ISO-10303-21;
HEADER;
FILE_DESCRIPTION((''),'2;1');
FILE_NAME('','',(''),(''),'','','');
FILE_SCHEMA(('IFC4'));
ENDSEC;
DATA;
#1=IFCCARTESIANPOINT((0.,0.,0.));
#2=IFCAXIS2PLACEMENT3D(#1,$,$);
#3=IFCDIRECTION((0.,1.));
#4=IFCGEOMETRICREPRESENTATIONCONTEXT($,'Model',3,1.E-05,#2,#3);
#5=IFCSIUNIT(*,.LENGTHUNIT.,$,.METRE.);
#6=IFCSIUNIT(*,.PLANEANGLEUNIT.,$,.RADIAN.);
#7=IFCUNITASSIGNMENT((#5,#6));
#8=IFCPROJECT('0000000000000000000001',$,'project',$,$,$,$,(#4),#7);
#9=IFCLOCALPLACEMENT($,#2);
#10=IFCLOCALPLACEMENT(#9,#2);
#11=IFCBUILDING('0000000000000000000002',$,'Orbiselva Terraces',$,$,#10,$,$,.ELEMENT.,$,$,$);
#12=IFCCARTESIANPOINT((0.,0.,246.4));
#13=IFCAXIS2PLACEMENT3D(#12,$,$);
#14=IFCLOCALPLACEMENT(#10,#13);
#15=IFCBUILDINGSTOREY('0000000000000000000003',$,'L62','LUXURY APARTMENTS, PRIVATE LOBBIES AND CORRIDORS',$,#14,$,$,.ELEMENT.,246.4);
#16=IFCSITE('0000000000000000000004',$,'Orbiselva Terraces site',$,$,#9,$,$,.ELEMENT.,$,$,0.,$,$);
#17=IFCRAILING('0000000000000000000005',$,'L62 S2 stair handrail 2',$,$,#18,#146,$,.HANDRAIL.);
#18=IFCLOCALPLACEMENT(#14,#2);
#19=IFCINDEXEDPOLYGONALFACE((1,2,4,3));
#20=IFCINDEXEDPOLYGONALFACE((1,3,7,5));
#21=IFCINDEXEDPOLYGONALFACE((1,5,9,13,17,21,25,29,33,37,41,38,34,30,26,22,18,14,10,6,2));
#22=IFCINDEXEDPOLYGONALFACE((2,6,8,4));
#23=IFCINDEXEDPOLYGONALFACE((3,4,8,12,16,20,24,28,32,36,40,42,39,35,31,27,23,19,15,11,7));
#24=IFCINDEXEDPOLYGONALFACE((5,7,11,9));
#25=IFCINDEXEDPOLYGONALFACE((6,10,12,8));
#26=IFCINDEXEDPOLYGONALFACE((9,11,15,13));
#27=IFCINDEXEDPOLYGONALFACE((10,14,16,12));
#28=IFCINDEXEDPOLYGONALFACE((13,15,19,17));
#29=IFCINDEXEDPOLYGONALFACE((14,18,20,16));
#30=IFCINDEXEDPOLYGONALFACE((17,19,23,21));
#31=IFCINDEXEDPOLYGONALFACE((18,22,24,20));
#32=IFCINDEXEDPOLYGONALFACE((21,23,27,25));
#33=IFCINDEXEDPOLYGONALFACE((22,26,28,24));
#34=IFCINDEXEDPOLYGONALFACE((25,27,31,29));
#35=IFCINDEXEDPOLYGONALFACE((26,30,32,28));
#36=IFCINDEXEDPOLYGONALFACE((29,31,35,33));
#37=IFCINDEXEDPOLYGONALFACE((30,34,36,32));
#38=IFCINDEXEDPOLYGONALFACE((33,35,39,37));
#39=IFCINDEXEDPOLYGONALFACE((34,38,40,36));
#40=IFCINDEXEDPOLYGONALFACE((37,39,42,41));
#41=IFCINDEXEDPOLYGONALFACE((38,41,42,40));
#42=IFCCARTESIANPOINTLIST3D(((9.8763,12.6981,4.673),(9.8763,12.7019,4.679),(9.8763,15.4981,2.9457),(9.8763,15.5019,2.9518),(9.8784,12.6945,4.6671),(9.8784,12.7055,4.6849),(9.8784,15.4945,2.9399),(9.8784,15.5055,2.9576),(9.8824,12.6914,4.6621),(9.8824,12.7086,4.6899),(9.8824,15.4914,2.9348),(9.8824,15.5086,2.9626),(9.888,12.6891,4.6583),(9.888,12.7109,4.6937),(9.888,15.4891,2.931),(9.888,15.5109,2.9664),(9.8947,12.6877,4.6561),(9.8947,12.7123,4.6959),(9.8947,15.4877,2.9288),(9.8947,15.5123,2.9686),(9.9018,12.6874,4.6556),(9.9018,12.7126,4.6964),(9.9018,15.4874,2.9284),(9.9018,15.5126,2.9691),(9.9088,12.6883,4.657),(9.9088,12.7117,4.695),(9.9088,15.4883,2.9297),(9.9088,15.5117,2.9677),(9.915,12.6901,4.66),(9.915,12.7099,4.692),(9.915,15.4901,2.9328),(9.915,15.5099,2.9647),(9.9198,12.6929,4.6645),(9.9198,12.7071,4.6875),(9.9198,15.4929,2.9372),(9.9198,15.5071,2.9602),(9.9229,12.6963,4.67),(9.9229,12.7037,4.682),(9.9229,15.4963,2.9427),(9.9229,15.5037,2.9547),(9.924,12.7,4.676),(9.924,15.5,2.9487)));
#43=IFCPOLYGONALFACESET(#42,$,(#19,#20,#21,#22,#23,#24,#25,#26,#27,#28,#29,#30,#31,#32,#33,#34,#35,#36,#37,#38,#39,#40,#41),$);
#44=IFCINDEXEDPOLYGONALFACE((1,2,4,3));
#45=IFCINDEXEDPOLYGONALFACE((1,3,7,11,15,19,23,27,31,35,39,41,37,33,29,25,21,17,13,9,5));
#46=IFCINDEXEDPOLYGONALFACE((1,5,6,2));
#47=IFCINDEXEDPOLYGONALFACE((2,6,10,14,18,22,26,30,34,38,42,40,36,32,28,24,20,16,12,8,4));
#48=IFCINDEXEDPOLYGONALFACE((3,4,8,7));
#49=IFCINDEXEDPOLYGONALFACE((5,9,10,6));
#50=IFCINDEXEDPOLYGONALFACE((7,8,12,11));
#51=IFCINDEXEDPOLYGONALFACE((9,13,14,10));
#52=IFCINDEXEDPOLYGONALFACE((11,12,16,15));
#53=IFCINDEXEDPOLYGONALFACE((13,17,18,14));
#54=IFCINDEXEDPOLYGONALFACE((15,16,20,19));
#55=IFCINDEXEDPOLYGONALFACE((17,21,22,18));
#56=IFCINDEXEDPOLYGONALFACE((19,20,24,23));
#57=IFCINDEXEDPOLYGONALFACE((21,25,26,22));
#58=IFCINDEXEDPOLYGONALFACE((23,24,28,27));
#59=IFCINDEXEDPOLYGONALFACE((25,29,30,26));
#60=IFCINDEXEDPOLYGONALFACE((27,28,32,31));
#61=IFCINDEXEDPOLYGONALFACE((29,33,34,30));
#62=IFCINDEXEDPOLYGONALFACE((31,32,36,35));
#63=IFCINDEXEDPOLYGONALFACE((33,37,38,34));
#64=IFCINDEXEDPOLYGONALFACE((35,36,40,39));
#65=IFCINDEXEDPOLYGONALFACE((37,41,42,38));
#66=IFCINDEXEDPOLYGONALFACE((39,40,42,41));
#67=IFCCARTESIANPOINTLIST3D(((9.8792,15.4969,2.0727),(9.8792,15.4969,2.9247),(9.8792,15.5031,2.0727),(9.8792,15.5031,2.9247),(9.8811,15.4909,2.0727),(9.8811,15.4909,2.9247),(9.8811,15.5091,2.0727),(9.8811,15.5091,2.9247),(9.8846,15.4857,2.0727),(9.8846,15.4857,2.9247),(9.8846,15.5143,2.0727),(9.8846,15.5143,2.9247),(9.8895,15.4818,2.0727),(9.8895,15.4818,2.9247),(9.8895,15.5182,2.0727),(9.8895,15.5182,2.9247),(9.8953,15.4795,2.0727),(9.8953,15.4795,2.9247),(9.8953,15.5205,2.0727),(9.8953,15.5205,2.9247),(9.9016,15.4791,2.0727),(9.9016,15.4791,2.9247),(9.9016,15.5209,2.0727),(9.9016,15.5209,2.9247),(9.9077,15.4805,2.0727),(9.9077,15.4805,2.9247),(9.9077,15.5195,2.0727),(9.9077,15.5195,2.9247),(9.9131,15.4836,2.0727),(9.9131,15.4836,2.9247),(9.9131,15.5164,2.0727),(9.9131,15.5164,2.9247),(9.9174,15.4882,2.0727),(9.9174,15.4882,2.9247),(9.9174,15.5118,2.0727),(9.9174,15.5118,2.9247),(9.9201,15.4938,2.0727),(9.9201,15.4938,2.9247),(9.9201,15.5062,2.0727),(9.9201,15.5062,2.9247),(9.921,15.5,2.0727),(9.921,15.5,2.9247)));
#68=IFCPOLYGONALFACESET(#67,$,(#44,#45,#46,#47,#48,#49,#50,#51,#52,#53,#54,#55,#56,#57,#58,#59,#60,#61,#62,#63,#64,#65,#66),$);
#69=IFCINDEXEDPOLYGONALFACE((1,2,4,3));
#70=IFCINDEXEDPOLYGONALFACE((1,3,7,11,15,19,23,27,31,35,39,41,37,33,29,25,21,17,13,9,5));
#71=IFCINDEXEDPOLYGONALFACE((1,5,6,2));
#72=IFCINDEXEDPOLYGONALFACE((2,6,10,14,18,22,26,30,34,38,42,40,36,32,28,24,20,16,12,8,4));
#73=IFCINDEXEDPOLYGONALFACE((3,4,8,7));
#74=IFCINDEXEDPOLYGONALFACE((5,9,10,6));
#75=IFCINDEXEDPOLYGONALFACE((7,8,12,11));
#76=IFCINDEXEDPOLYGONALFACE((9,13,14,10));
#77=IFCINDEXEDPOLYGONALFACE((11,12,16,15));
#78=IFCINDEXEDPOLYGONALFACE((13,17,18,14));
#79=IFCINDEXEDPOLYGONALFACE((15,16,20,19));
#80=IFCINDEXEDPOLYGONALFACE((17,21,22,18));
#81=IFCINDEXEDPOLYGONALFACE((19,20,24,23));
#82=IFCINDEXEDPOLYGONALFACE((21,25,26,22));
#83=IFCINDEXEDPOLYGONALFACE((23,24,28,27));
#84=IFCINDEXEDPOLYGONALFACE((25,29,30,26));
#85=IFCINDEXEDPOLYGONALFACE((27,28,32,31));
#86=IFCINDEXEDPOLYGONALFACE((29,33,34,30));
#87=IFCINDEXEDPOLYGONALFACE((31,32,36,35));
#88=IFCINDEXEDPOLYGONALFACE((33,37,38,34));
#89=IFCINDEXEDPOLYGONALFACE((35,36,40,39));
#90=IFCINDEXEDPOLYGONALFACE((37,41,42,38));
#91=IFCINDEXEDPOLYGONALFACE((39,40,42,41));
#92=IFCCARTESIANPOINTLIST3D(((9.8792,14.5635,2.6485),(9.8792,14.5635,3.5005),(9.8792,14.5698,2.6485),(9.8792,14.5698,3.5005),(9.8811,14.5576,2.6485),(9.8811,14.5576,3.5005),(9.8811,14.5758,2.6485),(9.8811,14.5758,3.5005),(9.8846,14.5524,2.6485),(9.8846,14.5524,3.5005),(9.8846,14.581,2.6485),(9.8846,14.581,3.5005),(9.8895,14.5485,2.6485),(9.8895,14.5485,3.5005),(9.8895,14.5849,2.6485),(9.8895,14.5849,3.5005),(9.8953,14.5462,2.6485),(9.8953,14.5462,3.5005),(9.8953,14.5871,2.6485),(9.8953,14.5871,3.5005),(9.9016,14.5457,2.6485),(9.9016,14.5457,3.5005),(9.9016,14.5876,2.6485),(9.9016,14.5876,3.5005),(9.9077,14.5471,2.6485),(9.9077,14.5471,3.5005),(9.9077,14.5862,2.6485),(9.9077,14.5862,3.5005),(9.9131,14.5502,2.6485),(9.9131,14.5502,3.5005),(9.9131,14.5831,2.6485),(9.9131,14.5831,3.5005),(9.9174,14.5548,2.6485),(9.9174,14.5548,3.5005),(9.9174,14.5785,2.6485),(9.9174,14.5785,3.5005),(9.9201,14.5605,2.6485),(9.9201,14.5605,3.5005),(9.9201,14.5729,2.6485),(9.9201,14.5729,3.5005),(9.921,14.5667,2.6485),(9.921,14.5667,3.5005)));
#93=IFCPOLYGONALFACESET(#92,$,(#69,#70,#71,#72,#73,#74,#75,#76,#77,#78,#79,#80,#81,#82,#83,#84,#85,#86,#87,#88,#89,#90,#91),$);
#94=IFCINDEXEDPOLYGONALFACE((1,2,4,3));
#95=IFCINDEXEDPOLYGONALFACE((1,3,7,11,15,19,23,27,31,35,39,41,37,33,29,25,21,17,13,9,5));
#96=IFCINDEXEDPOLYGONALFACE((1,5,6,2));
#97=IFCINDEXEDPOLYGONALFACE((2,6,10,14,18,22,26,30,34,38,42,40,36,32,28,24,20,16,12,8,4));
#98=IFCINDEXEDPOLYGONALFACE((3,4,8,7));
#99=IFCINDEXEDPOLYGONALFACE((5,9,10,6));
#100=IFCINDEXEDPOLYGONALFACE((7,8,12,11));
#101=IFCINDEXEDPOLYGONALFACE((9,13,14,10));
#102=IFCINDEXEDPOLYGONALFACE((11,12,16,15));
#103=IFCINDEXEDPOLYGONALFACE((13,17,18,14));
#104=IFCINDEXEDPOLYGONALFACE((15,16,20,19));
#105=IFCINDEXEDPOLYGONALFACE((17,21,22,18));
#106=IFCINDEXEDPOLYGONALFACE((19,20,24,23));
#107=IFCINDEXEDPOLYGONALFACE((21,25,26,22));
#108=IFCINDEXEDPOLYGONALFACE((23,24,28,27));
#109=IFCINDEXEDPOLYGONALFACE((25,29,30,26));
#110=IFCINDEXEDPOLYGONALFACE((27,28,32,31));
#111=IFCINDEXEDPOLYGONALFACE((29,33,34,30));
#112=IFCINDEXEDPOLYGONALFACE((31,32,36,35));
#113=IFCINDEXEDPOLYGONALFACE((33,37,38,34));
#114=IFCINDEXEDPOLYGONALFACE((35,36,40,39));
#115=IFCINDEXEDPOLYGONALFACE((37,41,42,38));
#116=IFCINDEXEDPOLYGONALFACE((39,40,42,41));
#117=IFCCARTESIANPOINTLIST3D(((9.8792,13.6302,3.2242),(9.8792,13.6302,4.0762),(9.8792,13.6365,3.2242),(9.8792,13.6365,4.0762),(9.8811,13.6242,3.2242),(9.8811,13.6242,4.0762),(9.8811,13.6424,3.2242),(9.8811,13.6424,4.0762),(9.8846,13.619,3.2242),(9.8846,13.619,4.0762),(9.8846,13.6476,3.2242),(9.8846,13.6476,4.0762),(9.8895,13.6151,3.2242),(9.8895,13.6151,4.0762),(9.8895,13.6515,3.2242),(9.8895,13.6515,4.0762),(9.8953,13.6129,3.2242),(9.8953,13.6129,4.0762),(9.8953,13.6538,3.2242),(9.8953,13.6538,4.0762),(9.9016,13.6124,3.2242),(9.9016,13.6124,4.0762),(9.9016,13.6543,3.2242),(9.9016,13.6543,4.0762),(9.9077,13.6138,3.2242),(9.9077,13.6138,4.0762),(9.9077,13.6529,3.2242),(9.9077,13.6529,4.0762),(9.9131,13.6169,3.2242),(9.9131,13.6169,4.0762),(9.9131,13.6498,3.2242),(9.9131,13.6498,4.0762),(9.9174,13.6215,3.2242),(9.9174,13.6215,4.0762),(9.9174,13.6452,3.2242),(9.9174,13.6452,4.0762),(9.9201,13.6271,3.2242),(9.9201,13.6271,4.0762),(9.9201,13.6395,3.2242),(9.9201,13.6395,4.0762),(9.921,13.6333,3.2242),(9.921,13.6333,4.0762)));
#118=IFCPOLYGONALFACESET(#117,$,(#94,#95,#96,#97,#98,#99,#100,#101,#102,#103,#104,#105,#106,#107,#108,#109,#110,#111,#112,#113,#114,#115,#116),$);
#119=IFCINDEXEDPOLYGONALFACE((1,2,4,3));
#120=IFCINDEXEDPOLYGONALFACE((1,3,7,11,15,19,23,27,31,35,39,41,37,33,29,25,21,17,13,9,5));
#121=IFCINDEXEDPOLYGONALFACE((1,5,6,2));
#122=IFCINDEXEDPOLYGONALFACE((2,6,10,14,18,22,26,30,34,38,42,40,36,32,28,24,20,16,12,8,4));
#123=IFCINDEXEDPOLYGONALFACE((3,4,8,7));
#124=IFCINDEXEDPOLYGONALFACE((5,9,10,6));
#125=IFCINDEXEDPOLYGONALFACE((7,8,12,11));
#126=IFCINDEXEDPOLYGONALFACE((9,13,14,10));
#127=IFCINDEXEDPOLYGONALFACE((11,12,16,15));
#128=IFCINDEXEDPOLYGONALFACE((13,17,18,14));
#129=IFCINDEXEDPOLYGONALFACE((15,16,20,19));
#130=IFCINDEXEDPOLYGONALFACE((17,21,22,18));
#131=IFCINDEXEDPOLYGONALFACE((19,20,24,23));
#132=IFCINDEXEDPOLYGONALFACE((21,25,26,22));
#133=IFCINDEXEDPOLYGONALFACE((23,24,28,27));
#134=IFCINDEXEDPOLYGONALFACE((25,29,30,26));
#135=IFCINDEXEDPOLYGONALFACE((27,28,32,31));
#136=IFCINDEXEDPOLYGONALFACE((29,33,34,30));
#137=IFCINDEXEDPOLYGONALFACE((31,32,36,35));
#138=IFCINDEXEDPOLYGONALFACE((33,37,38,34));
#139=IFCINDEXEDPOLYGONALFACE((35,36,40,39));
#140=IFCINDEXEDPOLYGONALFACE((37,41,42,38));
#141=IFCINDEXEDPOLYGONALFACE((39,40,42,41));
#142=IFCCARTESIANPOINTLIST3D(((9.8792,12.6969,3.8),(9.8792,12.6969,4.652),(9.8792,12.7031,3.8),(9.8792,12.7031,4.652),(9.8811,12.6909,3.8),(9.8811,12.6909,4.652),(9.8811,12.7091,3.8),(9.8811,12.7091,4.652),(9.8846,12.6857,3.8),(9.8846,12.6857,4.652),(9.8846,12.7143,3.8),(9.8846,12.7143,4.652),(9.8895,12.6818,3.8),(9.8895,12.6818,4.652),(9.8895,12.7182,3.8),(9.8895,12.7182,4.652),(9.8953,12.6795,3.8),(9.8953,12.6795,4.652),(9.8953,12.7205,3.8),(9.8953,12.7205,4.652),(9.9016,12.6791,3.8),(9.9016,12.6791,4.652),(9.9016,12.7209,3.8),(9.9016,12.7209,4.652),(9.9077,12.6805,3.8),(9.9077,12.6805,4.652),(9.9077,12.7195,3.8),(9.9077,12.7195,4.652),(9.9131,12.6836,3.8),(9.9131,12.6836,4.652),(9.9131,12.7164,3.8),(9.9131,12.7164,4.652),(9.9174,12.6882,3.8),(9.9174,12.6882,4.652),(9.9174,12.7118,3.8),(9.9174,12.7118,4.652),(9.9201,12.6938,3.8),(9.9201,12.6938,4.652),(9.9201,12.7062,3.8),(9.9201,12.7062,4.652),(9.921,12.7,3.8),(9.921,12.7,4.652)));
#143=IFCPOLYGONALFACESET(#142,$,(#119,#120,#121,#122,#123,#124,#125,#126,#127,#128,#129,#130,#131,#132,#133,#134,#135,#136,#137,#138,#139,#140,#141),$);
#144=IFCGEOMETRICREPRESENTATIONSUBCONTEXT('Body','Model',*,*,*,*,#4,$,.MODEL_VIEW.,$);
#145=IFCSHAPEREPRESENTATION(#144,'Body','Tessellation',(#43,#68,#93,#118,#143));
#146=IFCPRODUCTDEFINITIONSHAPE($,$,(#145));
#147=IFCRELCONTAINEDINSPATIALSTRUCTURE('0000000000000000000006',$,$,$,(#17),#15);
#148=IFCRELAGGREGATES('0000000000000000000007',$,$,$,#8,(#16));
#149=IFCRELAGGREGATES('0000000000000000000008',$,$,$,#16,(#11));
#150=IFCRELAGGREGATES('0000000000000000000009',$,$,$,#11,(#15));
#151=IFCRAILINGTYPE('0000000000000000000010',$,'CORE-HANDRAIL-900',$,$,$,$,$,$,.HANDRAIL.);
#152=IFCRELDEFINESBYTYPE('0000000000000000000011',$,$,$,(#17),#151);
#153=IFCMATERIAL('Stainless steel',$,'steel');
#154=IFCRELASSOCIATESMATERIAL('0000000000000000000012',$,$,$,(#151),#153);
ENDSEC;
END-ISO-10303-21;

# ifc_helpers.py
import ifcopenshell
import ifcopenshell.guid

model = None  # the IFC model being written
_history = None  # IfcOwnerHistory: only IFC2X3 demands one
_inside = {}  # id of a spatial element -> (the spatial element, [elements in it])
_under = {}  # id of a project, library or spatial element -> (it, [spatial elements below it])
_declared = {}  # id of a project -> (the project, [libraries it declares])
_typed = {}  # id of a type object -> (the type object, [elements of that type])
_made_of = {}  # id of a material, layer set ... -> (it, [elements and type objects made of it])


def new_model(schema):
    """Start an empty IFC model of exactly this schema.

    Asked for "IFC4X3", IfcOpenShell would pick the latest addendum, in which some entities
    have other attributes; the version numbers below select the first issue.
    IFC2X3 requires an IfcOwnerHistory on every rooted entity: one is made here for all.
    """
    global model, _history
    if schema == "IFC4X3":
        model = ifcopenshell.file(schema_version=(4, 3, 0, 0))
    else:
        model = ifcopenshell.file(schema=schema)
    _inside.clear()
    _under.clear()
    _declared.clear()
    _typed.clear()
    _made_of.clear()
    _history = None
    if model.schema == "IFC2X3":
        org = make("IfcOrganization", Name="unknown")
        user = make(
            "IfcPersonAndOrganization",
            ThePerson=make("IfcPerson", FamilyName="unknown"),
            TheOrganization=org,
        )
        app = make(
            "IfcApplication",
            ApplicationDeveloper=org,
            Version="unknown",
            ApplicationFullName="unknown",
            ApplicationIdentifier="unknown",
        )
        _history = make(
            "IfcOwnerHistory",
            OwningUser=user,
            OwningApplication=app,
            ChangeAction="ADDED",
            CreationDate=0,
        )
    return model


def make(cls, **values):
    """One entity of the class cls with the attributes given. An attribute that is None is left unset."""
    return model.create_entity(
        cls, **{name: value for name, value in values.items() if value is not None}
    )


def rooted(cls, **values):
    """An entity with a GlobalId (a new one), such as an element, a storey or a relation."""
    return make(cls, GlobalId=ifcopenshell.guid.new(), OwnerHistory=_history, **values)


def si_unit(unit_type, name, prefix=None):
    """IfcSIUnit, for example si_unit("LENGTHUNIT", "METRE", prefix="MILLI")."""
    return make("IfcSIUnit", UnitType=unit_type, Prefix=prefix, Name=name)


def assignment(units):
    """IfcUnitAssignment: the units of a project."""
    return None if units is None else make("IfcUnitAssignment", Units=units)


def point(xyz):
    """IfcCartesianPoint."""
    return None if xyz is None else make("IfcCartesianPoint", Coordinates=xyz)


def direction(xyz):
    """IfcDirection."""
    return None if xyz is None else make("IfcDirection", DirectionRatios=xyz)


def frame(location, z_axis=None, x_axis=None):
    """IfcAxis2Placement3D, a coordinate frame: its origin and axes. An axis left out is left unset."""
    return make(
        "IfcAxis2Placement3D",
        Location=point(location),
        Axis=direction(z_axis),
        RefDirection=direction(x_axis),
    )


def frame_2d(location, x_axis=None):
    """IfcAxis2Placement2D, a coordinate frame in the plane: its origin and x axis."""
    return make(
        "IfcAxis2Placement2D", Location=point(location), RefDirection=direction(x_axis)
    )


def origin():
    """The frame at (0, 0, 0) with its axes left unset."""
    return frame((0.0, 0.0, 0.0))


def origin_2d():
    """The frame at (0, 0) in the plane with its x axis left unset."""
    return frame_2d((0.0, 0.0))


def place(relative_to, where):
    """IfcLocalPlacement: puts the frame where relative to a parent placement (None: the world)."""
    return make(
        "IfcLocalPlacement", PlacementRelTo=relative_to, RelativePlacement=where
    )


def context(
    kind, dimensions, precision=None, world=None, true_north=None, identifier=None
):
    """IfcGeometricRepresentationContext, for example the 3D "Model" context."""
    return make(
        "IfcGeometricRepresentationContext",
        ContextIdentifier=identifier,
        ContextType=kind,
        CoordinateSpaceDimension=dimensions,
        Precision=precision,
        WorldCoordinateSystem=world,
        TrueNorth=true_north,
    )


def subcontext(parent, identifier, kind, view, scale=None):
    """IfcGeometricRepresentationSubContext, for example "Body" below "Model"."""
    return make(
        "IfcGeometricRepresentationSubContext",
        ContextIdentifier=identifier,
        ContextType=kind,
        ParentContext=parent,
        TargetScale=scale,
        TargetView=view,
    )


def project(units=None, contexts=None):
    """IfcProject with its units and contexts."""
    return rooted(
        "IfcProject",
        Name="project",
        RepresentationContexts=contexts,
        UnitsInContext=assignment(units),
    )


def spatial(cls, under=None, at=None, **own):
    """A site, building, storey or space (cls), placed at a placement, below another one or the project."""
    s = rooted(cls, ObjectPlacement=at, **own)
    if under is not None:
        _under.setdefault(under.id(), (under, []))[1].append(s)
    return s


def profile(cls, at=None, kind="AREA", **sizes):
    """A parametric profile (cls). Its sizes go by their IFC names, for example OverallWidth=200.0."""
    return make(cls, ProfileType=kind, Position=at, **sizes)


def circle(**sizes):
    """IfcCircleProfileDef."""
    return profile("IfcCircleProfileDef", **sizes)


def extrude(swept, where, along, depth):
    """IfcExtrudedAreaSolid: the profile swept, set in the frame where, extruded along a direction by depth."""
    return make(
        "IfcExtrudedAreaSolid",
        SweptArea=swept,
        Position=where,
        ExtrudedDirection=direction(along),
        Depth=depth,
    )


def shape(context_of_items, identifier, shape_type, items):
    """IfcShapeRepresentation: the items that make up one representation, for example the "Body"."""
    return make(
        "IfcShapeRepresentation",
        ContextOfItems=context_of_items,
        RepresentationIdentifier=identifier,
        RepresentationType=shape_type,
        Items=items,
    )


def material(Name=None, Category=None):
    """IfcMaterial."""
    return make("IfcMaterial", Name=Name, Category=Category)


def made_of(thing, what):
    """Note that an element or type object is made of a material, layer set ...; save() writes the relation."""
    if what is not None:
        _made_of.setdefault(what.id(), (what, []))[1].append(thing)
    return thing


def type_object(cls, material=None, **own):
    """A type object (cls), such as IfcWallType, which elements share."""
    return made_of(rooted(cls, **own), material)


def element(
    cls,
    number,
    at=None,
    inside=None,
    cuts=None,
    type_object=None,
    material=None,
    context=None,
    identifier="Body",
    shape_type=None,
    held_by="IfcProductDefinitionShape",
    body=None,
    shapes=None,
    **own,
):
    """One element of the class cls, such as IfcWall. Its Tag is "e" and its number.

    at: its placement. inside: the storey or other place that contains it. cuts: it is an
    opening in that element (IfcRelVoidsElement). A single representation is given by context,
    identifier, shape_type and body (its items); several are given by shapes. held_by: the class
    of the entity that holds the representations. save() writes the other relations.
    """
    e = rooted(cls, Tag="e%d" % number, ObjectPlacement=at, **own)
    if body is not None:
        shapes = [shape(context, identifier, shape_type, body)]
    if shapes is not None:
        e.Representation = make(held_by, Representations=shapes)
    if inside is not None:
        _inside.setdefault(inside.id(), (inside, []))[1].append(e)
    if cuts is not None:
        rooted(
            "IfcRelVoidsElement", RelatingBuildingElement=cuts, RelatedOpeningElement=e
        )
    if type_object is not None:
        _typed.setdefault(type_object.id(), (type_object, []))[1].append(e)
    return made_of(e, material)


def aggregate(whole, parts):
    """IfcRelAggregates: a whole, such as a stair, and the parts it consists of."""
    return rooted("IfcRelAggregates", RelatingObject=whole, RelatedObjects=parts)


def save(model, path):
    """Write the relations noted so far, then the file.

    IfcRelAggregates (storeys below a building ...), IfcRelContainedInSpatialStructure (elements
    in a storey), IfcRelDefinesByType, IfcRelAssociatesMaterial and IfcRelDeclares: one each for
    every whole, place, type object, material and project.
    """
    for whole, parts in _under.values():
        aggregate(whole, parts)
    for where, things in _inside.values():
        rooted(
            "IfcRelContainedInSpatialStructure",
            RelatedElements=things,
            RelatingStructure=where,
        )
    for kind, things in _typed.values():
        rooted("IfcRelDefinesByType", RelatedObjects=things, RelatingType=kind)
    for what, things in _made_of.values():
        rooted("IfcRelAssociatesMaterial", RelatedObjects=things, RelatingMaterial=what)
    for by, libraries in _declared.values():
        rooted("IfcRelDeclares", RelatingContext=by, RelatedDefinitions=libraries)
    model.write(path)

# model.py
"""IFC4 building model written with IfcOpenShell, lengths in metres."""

from ifc_helpers import new_model, si_unit, direction, frame, origin, origin_2d, place, context, subcontext, project, spatial, circle, extrude, material, type_object, element, save


model = new_model("IFC4")

# Units and contexts
model_context = context("Model", 3, precision=1e-05, world=origin(), true_north=direction((0.0, 1.0)))
body_context = subcontext(model_context, "Body", "Model", "MODEL_VIEW")
ifc_project = project(units=[si_unit("LENGTHUNIT", "METRE"), si_unit("PLANEANGLEUNIT", "RADIAN")], contexts=[model_context])

# Site, building, storey
site_placement = place(None, origin())
site = spatial("IfcSite", under=ifc_project, at=site_placement, Name="Orbiselva Terraces site", CompositionType="ELEMENT", RefElevation=0.0)
building_placement = place(site_placement, origin())
building = spatial("IfcBuilding", under=site, at=building_placement, Name="Orbiselva Terraces", CompositionType="ELEMENT")
storey_placement = place(building_placement, frame((0.0, 0.0, 246.4)))
storey = spatial("IfcBuildingStorey", under=building, at=storey_placement, Name="L62", Description="LUXURY APARTMENTS, PRIVATE LOBBIES AND CORRIDORS", CompositionType="ELEMENT", Elevation=246.4)

# Railing
ifc_material_1 = material(Name="Stainless steel", Category="steel")
railing_type = type_object("IfcRailingType", Name="CORE-HANDRAIL-900", PredefinedType="HANDRAIL", material=ifc_material_1)
railing_1_placement = place(storey_placement, frame((9.9, 15.5, 2.0727)))
element("IfcRailing", 1, at=railing_1_placement, inside=storey, type_object=railing_type, Name="L62 S2 stair handrail 2", PredefinedType="HANDRAIL", context=body_context, shape_type="SweptSolid", body=[
    extrude(circle(Radius=0.024, at=origin_2d()), frame((0.0, 0.0, 0.876), z_axis=(0.0, -0.851089, 0.525022), x_axis=(1.0, 0.0, 0.0)), (0.0, 0.0, 1.0), 3.2899),
    extrude(circle(Radius=0.021, at=origin_2d()), origin(), (0.0, 0.0, 1.0), 0.852),
    extrude(circle(Radius=0.021, at=origin_2d()), frame((0.0, -0.9333, 0.5758)), (0.0, 0.0, 1.0), 0.852),
    extrude(circle(Radius=0.021, at=origin_2d()), frame((0.0, -1.8667, 1.1515)), (0.0, 0.0, 1.0), 0.852),
    extrude(circle(Radius=0.021, at=origin_2d()), frame((0.0, -2.8, 1.7273)), (0.0, 0.0, 1.0), 0.852),
])

save(model, "model.ifc")
